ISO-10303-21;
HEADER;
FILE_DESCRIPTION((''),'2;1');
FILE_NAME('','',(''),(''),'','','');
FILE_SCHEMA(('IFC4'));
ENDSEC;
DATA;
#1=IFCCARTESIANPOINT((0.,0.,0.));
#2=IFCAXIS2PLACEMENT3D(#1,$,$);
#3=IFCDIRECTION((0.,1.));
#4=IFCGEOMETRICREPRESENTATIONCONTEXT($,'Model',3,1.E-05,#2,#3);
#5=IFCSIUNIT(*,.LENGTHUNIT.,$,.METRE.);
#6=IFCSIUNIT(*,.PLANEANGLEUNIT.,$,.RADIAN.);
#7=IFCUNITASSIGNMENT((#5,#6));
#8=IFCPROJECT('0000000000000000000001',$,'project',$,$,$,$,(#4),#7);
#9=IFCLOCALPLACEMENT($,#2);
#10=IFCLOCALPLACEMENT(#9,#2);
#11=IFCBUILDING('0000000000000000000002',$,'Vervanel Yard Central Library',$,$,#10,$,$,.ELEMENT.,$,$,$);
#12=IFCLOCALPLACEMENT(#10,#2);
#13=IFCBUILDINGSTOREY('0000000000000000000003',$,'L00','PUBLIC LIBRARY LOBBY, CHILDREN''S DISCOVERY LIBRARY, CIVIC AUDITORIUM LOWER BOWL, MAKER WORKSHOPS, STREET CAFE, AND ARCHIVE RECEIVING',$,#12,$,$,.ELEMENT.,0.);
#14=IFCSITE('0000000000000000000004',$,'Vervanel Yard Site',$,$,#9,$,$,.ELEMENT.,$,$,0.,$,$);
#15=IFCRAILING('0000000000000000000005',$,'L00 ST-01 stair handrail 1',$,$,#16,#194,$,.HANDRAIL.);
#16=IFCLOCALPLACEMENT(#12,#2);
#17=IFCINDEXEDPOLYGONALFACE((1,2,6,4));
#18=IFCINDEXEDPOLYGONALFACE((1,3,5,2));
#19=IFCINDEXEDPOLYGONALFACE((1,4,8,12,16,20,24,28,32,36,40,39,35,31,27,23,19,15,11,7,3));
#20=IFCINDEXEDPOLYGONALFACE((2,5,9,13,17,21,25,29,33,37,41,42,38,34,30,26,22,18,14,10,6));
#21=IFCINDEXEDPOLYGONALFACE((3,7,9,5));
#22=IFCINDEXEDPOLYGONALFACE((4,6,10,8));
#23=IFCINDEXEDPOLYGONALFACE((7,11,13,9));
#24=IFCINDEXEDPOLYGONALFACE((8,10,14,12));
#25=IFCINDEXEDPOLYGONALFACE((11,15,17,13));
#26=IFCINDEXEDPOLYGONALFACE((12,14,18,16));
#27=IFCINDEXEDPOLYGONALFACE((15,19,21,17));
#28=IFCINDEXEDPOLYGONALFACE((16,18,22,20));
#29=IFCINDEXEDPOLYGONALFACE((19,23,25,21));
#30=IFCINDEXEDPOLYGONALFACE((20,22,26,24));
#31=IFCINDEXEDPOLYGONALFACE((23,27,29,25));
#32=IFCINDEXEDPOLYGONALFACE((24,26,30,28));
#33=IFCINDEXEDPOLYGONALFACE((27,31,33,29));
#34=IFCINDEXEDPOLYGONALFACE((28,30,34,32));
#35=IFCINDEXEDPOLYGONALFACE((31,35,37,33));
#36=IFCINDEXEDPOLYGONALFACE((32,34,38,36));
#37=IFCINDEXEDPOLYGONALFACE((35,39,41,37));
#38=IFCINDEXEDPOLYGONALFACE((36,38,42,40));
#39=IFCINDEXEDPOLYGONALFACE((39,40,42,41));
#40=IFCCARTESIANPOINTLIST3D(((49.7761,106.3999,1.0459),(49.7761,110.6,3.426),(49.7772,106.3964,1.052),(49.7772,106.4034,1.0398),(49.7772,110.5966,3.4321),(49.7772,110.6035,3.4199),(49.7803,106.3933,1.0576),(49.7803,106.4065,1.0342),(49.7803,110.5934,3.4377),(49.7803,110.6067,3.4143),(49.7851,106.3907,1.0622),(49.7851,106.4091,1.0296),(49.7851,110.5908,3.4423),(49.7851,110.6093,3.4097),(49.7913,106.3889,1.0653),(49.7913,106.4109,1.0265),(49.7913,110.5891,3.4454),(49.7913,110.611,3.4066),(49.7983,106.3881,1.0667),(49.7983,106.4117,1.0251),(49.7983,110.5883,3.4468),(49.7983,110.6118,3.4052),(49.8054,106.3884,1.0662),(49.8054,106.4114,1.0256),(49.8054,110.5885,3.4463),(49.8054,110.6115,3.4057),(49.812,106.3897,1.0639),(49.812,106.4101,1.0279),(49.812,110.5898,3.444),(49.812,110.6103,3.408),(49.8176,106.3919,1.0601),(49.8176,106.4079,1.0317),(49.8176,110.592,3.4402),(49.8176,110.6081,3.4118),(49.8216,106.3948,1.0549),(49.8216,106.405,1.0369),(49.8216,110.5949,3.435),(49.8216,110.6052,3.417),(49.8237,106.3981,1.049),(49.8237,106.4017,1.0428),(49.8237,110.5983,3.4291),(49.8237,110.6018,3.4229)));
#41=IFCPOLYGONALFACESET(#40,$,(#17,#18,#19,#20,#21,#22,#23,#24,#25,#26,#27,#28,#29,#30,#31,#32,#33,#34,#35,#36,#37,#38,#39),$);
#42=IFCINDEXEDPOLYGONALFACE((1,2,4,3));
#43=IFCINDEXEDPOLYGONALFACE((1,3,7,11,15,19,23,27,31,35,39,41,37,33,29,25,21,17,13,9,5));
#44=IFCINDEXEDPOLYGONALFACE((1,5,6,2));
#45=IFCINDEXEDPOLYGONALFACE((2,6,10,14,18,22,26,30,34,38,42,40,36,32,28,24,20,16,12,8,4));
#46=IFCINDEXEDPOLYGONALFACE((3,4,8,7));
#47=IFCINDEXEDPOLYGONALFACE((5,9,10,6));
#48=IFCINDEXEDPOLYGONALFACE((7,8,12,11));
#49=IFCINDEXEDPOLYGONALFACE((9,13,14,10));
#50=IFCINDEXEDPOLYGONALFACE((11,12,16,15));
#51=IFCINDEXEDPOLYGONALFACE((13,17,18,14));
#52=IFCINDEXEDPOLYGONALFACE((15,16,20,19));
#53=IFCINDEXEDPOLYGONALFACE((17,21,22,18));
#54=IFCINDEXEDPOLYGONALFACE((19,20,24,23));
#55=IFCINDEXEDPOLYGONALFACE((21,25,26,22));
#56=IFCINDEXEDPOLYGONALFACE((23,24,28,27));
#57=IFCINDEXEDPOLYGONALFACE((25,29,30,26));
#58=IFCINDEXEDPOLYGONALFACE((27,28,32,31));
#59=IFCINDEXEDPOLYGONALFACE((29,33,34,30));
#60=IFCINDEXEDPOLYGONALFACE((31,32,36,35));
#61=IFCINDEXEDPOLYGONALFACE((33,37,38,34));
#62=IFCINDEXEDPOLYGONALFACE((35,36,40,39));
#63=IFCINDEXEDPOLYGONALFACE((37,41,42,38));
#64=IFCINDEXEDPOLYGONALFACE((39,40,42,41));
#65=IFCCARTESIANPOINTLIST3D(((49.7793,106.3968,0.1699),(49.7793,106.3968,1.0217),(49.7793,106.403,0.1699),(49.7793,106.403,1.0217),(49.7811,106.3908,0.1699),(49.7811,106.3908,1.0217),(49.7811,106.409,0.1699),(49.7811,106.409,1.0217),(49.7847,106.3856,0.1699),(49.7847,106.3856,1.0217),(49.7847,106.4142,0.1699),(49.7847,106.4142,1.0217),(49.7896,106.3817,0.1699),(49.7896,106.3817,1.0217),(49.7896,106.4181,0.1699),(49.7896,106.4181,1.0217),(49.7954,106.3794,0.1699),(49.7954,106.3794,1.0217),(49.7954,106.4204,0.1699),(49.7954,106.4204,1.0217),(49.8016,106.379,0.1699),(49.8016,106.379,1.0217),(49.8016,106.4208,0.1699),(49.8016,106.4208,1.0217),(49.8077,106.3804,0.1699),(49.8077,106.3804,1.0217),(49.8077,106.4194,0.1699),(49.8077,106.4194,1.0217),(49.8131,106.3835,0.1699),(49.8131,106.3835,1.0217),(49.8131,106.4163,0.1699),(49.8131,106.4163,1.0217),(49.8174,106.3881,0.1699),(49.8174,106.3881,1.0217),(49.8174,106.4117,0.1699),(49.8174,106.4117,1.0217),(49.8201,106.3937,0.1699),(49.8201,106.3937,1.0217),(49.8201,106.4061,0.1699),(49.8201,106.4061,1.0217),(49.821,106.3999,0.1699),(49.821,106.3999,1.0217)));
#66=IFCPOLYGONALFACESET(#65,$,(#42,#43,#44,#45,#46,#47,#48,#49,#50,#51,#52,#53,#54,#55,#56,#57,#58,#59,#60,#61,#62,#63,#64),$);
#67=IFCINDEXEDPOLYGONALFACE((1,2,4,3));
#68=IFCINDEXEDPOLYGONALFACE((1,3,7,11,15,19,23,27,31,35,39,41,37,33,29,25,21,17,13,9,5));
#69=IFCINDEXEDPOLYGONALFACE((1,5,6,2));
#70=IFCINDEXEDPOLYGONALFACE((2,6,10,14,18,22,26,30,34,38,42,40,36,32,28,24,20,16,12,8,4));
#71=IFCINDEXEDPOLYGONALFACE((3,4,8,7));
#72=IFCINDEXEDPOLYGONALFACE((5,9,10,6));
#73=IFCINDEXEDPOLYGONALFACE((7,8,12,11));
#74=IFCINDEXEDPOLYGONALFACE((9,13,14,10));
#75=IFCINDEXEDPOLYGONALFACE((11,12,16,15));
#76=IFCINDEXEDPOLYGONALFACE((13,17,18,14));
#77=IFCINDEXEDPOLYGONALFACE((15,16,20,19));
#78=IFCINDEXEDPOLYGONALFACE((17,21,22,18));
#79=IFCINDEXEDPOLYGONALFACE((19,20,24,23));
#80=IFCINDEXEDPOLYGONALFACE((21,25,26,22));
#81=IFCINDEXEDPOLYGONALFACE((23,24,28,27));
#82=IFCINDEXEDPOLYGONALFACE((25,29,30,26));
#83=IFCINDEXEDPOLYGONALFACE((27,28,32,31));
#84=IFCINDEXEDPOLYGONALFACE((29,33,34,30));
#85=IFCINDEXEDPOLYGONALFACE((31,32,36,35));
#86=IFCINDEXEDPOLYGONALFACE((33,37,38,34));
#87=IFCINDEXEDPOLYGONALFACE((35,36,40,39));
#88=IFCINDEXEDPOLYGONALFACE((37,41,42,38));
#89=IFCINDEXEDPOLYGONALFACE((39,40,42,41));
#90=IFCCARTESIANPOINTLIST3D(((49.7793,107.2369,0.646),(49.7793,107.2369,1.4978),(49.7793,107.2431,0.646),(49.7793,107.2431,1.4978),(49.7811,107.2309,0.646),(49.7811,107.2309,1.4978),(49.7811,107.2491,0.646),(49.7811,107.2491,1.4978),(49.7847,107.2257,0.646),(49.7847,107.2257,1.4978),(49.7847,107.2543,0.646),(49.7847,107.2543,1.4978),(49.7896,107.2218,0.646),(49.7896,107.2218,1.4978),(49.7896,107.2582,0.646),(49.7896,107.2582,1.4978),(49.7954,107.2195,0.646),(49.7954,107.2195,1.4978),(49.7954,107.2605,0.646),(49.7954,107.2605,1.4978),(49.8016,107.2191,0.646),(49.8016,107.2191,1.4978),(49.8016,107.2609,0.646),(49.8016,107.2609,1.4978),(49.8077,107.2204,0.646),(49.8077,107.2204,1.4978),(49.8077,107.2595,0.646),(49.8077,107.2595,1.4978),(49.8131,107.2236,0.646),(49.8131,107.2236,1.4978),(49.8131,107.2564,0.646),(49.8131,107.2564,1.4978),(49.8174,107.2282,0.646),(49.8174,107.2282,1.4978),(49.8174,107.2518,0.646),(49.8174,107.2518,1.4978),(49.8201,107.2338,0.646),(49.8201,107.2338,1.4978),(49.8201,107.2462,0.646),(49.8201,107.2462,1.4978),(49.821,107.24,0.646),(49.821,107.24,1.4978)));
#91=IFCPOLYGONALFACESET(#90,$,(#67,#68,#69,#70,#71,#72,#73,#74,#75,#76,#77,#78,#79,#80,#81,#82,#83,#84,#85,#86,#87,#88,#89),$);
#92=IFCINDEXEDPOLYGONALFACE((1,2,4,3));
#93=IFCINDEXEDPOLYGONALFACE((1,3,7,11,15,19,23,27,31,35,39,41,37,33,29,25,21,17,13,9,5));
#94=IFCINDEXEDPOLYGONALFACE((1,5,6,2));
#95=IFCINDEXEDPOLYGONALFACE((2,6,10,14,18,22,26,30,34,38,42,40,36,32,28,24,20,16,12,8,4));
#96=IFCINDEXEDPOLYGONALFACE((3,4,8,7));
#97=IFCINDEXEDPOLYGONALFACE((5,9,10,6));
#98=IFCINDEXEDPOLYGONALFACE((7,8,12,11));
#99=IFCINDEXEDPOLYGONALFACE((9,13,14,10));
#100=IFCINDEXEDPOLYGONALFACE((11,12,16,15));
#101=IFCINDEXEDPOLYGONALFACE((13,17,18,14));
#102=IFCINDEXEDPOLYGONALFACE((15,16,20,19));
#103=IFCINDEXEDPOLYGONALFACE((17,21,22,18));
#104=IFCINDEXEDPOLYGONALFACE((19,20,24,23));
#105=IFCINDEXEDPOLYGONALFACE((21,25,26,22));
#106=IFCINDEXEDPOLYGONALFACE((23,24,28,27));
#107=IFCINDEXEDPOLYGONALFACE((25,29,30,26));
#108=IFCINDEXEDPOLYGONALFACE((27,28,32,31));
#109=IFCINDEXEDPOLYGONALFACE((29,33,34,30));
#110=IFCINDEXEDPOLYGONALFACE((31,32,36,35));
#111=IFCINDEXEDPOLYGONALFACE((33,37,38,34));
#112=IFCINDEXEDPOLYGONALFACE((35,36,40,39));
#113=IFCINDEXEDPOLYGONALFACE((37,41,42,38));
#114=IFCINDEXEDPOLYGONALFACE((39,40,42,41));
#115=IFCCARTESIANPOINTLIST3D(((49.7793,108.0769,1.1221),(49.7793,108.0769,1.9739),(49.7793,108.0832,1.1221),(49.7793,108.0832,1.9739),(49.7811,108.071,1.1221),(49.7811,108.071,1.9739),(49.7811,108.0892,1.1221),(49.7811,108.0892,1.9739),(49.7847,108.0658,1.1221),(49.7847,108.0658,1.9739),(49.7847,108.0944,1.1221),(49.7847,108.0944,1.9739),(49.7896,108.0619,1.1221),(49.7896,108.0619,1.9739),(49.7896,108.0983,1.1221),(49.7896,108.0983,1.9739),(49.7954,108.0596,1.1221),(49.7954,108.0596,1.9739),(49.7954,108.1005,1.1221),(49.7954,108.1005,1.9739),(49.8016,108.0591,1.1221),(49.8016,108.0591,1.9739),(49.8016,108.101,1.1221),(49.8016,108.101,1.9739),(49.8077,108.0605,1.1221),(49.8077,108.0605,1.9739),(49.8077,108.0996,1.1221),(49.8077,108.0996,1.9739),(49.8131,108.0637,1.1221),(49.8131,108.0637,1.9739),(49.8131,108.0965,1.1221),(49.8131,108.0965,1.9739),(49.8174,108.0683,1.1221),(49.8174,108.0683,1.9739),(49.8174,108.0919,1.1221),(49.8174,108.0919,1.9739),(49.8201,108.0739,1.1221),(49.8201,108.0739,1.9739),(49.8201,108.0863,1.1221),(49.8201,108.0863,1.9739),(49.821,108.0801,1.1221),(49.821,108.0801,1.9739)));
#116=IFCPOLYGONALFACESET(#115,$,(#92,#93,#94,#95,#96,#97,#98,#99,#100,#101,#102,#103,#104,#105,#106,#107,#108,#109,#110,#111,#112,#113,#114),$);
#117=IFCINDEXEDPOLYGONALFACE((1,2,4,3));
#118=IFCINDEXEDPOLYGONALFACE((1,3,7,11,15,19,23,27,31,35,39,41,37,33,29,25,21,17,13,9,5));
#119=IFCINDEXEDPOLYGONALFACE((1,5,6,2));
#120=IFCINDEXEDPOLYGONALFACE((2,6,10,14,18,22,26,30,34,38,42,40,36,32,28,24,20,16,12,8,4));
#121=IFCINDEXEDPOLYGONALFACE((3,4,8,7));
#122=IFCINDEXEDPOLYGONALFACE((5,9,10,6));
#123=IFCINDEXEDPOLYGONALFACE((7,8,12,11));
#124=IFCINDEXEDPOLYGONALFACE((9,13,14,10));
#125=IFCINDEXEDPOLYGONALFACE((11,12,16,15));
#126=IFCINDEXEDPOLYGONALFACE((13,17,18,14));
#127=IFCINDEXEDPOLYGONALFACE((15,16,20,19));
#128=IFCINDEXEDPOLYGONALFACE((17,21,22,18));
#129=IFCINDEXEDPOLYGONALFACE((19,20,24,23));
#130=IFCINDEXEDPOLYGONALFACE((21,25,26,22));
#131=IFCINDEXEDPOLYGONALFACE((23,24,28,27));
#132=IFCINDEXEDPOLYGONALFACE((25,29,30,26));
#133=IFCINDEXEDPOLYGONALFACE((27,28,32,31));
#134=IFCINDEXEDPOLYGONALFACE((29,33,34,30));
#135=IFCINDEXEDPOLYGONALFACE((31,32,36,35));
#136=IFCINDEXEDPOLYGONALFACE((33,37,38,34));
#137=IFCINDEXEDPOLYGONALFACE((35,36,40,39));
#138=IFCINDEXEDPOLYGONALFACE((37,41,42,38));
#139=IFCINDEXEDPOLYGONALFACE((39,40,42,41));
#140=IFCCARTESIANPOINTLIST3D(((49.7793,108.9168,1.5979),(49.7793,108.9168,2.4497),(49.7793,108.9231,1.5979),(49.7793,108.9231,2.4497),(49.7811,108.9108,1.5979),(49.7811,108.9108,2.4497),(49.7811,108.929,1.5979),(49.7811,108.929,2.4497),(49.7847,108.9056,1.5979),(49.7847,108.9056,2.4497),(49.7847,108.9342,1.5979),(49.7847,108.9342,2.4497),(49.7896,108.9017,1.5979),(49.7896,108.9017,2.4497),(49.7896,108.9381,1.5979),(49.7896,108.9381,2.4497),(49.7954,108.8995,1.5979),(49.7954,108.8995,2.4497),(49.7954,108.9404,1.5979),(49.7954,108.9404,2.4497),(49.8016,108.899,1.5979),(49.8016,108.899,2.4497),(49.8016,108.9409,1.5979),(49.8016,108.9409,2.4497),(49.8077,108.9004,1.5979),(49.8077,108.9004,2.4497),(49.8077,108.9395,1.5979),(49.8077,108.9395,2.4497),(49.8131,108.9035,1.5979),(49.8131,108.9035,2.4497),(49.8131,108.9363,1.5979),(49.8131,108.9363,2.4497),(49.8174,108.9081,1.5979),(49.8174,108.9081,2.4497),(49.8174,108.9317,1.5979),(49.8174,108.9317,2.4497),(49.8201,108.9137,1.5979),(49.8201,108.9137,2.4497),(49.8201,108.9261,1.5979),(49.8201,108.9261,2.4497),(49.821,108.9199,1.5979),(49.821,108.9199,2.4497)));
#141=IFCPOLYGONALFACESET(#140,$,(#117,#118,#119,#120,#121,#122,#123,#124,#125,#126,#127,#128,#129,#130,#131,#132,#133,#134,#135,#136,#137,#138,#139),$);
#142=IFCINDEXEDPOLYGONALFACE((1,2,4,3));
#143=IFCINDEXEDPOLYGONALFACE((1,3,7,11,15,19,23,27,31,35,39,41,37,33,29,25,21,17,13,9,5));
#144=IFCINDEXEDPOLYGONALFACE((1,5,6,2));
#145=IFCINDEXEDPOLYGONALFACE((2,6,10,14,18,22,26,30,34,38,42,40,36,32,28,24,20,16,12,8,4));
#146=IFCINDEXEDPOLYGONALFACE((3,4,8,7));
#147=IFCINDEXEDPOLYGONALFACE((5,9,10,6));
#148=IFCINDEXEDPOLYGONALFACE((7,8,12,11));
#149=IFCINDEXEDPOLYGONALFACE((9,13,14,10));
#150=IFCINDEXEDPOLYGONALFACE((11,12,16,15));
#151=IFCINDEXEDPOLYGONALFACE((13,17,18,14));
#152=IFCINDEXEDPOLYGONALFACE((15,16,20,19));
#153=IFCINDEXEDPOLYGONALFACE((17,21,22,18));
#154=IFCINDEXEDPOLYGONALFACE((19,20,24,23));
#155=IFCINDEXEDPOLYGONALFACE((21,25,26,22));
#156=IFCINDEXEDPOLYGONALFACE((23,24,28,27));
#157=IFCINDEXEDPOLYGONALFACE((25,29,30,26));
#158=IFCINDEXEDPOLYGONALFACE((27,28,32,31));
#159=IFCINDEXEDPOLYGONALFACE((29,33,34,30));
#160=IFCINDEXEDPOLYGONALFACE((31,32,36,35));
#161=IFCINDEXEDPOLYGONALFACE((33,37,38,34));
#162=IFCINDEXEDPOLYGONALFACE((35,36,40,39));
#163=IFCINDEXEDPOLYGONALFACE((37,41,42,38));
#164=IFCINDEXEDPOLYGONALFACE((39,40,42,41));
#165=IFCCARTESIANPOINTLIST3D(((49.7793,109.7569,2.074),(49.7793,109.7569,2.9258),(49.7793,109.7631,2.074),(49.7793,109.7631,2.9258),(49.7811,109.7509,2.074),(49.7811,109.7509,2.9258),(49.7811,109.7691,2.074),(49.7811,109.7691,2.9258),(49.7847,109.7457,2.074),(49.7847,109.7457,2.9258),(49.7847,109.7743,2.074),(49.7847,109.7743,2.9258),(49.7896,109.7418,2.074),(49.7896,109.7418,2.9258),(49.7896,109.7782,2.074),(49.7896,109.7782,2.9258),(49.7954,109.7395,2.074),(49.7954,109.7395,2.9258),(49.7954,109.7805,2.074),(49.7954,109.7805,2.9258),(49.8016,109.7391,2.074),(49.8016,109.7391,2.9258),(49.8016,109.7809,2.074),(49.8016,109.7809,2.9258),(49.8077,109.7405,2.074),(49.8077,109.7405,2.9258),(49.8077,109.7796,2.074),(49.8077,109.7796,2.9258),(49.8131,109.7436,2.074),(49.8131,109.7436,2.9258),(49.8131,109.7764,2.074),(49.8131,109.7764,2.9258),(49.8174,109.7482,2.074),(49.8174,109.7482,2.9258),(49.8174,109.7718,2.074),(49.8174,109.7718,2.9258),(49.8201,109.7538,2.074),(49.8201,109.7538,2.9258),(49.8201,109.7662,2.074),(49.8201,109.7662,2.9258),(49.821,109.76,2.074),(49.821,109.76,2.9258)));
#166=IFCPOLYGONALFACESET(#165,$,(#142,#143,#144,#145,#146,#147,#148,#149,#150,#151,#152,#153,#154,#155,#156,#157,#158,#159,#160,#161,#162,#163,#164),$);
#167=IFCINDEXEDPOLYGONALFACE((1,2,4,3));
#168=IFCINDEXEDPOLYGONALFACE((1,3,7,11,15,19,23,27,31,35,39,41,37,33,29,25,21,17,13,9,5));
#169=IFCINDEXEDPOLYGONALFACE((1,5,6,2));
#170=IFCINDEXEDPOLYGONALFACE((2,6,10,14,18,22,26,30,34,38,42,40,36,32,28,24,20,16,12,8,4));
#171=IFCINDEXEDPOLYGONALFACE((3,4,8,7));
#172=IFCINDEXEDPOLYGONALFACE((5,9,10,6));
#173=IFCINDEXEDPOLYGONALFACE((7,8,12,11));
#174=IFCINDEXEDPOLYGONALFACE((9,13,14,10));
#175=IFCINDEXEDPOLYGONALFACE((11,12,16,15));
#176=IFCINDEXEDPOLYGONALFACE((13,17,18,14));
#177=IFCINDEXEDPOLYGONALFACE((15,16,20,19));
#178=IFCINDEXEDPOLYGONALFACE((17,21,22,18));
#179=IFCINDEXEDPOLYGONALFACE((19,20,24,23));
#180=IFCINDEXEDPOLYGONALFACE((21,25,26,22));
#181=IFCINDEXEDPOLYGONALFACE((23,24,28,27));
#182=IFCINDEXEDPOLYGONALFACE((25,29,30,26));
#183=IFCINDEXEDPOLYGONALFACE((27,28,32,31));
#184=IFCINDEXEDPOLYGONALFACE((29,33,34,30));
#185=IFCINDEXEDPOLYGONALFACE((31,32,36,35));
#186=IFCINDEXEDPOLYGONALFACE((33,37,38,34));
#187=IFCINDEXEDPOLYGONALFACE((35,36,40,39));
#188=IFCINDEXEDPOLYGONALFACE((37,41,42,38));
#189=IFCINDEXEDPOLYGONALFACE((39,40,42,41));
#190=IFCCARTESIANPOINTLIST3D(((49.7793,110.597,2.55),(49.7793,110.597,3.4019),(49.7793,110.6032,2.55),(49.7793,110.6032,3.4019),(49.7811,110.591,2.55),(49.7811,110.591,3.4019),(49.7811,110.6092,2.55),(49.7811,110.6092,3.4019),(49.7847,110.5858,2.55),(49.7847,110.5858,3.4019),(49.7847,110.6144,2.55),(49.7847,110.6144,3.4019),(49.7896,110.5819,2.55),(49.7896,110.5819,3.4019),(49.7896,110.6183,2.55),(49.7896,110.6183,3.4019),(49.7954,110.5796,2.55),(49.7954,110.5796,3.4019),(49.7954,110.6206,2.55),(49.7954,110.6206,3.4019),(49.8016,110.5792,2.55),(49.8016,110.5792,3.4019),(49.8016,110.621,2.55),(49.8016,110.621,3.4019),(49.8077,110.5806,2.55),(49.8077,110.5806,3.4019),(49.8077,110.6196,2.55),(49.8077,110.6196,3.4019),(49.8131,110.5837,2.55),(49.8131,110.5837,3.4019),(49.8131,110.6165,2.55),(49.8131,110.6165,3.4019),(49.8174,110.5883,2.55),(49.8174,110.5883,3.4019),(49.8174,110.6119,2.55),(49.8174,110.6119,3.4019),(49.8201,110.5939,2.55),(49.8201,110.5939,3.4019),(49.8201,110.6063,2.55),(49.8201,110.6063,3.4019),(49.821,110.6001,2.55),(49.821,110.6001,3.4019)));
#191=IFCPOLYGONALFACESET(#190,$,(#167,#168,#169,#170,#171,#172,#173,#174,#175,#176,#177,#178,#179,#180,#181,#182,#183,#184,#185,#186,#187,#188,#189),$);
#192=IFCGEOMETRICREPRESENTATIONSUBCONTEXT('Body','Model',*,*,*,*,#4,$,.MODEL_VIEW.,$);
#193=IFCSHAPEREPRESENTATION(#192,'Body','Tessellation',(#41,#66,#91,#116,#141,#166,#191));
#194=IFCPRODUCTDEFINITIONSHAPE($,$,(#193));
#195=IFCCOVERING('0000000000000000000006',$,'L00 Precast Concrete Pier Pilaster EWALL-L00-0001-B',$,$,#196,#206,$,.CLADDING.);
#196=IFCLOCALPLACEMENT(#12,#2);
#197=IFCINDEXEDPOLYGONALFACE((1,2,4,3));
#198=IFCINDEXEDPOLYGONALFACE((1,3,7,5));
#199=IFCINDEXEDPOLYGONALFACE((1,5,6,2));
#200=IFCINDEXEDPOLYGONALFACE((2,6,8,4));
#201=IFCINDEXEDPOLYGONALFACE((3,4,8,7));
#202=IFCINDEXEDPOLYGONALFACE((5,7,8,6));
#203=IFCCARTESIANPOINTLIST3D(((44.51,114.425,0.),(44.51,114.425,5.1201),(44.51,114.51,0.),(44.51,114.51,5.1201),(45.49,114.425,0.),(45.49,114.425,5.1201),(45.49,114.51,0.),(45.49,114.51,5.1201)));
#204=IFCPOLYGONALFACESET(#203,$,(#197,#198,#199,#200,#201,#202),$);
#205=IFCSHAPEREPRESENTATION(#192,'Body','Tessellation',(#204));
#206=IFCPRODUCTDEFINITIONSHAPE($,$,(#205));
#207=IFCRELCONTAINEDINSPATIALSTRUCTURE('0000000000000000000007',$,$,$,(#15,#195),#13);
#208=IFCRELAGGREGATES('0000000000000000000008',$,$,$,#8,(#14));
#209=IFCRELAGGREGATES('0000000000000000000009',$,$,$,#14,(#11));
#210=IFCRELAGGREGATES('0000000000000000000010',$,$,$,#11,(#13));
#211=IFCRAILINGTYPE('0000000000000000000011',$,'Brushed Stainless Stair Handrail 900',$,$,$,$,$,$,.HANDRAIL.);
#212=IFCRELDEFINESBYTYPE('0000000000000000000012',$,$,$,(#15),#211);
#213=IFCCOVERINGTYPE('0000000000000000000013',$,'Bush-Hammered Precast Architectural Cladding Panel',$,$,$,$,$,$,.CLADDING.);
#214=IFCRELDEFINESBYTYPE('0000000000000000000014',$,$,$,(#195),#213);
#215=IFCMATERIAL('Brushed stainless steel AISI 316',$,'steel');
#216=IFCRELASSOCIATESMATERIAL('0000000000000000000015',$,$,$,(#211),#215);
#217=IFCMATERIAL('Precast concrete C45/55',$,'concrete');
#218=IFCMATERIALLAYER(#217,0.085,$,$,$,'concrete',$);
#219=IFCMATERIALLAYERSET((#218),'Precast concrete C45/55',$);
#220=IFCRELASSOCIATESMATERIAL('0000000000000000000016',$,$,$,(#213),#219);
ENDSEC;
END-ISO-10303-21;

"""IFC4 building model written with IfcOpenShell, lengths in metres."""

from ifc_helpers import new_model, si_unit, direction, frame, origin, origin_2d, place, context, subcontext, project, spatial, rectangle, circle, extrude, material, layer, layer_set, type_object, element, save


model = new_model("IFC4")

# Units and contexts
model_context = context("Model", 3, precision=1e-05, world=origin(), true_north=direction((0.0, 1.0)))
body_context = subcontext(model_context, "Body", "Model", "MODEL_VIEW")
ifc_project = project(units=[si_unit("LENGTHUNIT", "METRE"), si_unit("PLANEANGLEUNIT", "RADIAN")], contexts=[model_context])

# Site, building, storey
site_placement = place(None, origin())
site = spatial("IfcSite", under=ifc_project, at=site_placement, Name="Vervanel Yard Site", CompositionType="ELEMENT", RefElevation=0.0)
building_placement = place(site_placement, origin())
building = spatial("IfcBuilding", under=site, at=building_placement, Name="Vervanel Yard Central Library", CompositionType="ELEMENT")
storey_placement = place(building_placement, origin())
storey = spatial("IfcBuildingStorey", under=building, at=storey_placement, Name="L00", Description="PUBLIC LIBRARY LOBBY, CHILDREN'S DISCOVERY LIBRARY, CIVIC AUDITORIUM LOWER BOWL, MAKER WORKSHOPS, STREET CAFE, AND ARCHIVE RECEIVING", CompositionType="ELEMENT", Elevation=0.0)

# Shared definitions
ifc_material_1 = material(Name="Brushed stainless steel AISI 316", Category="steel")

# Railing
railing_type_1 = type_object("IfcRailingType", Name="Brushed Stainless Stair Handrail 900", PredefinedType="HANDRAIL", material=ifc_material_1)
railing_1_placement = place(storey_placement, frame((49.8, 106.3999, 0.1699)))
element("IfcRailing", 1, at=railing_1_placement, inside=storey, type_object=railing_type_1, Name="L00 ST-01 stair handrail 1", PredefinedType="HANDRAIL", context=body_context, shape_type="SweptSolid", body=[
    extrude(circle(Radius=0.0239, at=origin_2d()), frame((0.0, 0.0, 0.876), z_axis=(0.0, 0.870021, 0.493015), x_axis=(-1.0, 0.0, 0.0)), (0.0, 0.0, 1.0), 4.8276),
    extrude(circle(Radius=0.021, at=origin_2d()), origin(), (0.0, 0.0, 1.0), 0.8518),
    extrude(circle(Radius=0.021, at=origin_2d()), frame((0.0, 0.8401, 0.4761)), (0.0, 0.0, 1.0), 0.8518),
    extrude(circle(Radius=0.021, at=origin_2d()), frame((0.0, 1.6802, 0.9521)), (0.0, 0.0, 1.0), 0.8518),
    extrude(circle(Radius=0.021, at=origin_2d()), frame((0.0, 2.52, 1.428)), (0.0, 0.0, 1.0), 0.8518),
    extrude(circle(Radius=0.021, at=origin_2d()), frame((0.0, 3.3601, 1.9041)), (0.0, 0.0, 1.0), 0.8518),
    extrude(circle(Radius=0.021, at=origin_2d()), frame((0.0, 4.2002, 2.3801)), (0.0, 0.0, 1.0), 0.8518),
])

# Covering
ifc_material_2 = material(Name="Precast concrete C45/55", Category="concrete")
ifc_layer_1 = layer(ifc_material_2, 0.085, Category="concrete")
ifc_layer_set_1 = layer_set([ifc_layer_1], Name="Precast concrete C45/55")
covering_type = type_object("IfcCoveringType", Name="Bush-Hammered Precast Architectural Cladding Panel", PredefinedType="CLADDING", material=ifc_layer_set_1)
covering_1_placement = place(storey_placement, frame((45.0, 114.4675, 0.0), z_axis=(0.0, 0.0, 1.0), x_axis=(1.0, 0.0, 0.0)))
element("IfcCovering", 2, at=covering_1_placement, inside=storey, type_object=covering_type, Name="L00 Precast Concrete Pier Pilaster EWALL-L00-0001-B", PredefinedType="CLADDING", context=body_context, shape_type="SweptSolid", body=[
    extrude(rectangle(XDim=0.98, YDim=0.085, at=origin_2d()), origin(), (0.0, 0.0, 1.0), 5.1201),
])

save(model, "model.ifc")
